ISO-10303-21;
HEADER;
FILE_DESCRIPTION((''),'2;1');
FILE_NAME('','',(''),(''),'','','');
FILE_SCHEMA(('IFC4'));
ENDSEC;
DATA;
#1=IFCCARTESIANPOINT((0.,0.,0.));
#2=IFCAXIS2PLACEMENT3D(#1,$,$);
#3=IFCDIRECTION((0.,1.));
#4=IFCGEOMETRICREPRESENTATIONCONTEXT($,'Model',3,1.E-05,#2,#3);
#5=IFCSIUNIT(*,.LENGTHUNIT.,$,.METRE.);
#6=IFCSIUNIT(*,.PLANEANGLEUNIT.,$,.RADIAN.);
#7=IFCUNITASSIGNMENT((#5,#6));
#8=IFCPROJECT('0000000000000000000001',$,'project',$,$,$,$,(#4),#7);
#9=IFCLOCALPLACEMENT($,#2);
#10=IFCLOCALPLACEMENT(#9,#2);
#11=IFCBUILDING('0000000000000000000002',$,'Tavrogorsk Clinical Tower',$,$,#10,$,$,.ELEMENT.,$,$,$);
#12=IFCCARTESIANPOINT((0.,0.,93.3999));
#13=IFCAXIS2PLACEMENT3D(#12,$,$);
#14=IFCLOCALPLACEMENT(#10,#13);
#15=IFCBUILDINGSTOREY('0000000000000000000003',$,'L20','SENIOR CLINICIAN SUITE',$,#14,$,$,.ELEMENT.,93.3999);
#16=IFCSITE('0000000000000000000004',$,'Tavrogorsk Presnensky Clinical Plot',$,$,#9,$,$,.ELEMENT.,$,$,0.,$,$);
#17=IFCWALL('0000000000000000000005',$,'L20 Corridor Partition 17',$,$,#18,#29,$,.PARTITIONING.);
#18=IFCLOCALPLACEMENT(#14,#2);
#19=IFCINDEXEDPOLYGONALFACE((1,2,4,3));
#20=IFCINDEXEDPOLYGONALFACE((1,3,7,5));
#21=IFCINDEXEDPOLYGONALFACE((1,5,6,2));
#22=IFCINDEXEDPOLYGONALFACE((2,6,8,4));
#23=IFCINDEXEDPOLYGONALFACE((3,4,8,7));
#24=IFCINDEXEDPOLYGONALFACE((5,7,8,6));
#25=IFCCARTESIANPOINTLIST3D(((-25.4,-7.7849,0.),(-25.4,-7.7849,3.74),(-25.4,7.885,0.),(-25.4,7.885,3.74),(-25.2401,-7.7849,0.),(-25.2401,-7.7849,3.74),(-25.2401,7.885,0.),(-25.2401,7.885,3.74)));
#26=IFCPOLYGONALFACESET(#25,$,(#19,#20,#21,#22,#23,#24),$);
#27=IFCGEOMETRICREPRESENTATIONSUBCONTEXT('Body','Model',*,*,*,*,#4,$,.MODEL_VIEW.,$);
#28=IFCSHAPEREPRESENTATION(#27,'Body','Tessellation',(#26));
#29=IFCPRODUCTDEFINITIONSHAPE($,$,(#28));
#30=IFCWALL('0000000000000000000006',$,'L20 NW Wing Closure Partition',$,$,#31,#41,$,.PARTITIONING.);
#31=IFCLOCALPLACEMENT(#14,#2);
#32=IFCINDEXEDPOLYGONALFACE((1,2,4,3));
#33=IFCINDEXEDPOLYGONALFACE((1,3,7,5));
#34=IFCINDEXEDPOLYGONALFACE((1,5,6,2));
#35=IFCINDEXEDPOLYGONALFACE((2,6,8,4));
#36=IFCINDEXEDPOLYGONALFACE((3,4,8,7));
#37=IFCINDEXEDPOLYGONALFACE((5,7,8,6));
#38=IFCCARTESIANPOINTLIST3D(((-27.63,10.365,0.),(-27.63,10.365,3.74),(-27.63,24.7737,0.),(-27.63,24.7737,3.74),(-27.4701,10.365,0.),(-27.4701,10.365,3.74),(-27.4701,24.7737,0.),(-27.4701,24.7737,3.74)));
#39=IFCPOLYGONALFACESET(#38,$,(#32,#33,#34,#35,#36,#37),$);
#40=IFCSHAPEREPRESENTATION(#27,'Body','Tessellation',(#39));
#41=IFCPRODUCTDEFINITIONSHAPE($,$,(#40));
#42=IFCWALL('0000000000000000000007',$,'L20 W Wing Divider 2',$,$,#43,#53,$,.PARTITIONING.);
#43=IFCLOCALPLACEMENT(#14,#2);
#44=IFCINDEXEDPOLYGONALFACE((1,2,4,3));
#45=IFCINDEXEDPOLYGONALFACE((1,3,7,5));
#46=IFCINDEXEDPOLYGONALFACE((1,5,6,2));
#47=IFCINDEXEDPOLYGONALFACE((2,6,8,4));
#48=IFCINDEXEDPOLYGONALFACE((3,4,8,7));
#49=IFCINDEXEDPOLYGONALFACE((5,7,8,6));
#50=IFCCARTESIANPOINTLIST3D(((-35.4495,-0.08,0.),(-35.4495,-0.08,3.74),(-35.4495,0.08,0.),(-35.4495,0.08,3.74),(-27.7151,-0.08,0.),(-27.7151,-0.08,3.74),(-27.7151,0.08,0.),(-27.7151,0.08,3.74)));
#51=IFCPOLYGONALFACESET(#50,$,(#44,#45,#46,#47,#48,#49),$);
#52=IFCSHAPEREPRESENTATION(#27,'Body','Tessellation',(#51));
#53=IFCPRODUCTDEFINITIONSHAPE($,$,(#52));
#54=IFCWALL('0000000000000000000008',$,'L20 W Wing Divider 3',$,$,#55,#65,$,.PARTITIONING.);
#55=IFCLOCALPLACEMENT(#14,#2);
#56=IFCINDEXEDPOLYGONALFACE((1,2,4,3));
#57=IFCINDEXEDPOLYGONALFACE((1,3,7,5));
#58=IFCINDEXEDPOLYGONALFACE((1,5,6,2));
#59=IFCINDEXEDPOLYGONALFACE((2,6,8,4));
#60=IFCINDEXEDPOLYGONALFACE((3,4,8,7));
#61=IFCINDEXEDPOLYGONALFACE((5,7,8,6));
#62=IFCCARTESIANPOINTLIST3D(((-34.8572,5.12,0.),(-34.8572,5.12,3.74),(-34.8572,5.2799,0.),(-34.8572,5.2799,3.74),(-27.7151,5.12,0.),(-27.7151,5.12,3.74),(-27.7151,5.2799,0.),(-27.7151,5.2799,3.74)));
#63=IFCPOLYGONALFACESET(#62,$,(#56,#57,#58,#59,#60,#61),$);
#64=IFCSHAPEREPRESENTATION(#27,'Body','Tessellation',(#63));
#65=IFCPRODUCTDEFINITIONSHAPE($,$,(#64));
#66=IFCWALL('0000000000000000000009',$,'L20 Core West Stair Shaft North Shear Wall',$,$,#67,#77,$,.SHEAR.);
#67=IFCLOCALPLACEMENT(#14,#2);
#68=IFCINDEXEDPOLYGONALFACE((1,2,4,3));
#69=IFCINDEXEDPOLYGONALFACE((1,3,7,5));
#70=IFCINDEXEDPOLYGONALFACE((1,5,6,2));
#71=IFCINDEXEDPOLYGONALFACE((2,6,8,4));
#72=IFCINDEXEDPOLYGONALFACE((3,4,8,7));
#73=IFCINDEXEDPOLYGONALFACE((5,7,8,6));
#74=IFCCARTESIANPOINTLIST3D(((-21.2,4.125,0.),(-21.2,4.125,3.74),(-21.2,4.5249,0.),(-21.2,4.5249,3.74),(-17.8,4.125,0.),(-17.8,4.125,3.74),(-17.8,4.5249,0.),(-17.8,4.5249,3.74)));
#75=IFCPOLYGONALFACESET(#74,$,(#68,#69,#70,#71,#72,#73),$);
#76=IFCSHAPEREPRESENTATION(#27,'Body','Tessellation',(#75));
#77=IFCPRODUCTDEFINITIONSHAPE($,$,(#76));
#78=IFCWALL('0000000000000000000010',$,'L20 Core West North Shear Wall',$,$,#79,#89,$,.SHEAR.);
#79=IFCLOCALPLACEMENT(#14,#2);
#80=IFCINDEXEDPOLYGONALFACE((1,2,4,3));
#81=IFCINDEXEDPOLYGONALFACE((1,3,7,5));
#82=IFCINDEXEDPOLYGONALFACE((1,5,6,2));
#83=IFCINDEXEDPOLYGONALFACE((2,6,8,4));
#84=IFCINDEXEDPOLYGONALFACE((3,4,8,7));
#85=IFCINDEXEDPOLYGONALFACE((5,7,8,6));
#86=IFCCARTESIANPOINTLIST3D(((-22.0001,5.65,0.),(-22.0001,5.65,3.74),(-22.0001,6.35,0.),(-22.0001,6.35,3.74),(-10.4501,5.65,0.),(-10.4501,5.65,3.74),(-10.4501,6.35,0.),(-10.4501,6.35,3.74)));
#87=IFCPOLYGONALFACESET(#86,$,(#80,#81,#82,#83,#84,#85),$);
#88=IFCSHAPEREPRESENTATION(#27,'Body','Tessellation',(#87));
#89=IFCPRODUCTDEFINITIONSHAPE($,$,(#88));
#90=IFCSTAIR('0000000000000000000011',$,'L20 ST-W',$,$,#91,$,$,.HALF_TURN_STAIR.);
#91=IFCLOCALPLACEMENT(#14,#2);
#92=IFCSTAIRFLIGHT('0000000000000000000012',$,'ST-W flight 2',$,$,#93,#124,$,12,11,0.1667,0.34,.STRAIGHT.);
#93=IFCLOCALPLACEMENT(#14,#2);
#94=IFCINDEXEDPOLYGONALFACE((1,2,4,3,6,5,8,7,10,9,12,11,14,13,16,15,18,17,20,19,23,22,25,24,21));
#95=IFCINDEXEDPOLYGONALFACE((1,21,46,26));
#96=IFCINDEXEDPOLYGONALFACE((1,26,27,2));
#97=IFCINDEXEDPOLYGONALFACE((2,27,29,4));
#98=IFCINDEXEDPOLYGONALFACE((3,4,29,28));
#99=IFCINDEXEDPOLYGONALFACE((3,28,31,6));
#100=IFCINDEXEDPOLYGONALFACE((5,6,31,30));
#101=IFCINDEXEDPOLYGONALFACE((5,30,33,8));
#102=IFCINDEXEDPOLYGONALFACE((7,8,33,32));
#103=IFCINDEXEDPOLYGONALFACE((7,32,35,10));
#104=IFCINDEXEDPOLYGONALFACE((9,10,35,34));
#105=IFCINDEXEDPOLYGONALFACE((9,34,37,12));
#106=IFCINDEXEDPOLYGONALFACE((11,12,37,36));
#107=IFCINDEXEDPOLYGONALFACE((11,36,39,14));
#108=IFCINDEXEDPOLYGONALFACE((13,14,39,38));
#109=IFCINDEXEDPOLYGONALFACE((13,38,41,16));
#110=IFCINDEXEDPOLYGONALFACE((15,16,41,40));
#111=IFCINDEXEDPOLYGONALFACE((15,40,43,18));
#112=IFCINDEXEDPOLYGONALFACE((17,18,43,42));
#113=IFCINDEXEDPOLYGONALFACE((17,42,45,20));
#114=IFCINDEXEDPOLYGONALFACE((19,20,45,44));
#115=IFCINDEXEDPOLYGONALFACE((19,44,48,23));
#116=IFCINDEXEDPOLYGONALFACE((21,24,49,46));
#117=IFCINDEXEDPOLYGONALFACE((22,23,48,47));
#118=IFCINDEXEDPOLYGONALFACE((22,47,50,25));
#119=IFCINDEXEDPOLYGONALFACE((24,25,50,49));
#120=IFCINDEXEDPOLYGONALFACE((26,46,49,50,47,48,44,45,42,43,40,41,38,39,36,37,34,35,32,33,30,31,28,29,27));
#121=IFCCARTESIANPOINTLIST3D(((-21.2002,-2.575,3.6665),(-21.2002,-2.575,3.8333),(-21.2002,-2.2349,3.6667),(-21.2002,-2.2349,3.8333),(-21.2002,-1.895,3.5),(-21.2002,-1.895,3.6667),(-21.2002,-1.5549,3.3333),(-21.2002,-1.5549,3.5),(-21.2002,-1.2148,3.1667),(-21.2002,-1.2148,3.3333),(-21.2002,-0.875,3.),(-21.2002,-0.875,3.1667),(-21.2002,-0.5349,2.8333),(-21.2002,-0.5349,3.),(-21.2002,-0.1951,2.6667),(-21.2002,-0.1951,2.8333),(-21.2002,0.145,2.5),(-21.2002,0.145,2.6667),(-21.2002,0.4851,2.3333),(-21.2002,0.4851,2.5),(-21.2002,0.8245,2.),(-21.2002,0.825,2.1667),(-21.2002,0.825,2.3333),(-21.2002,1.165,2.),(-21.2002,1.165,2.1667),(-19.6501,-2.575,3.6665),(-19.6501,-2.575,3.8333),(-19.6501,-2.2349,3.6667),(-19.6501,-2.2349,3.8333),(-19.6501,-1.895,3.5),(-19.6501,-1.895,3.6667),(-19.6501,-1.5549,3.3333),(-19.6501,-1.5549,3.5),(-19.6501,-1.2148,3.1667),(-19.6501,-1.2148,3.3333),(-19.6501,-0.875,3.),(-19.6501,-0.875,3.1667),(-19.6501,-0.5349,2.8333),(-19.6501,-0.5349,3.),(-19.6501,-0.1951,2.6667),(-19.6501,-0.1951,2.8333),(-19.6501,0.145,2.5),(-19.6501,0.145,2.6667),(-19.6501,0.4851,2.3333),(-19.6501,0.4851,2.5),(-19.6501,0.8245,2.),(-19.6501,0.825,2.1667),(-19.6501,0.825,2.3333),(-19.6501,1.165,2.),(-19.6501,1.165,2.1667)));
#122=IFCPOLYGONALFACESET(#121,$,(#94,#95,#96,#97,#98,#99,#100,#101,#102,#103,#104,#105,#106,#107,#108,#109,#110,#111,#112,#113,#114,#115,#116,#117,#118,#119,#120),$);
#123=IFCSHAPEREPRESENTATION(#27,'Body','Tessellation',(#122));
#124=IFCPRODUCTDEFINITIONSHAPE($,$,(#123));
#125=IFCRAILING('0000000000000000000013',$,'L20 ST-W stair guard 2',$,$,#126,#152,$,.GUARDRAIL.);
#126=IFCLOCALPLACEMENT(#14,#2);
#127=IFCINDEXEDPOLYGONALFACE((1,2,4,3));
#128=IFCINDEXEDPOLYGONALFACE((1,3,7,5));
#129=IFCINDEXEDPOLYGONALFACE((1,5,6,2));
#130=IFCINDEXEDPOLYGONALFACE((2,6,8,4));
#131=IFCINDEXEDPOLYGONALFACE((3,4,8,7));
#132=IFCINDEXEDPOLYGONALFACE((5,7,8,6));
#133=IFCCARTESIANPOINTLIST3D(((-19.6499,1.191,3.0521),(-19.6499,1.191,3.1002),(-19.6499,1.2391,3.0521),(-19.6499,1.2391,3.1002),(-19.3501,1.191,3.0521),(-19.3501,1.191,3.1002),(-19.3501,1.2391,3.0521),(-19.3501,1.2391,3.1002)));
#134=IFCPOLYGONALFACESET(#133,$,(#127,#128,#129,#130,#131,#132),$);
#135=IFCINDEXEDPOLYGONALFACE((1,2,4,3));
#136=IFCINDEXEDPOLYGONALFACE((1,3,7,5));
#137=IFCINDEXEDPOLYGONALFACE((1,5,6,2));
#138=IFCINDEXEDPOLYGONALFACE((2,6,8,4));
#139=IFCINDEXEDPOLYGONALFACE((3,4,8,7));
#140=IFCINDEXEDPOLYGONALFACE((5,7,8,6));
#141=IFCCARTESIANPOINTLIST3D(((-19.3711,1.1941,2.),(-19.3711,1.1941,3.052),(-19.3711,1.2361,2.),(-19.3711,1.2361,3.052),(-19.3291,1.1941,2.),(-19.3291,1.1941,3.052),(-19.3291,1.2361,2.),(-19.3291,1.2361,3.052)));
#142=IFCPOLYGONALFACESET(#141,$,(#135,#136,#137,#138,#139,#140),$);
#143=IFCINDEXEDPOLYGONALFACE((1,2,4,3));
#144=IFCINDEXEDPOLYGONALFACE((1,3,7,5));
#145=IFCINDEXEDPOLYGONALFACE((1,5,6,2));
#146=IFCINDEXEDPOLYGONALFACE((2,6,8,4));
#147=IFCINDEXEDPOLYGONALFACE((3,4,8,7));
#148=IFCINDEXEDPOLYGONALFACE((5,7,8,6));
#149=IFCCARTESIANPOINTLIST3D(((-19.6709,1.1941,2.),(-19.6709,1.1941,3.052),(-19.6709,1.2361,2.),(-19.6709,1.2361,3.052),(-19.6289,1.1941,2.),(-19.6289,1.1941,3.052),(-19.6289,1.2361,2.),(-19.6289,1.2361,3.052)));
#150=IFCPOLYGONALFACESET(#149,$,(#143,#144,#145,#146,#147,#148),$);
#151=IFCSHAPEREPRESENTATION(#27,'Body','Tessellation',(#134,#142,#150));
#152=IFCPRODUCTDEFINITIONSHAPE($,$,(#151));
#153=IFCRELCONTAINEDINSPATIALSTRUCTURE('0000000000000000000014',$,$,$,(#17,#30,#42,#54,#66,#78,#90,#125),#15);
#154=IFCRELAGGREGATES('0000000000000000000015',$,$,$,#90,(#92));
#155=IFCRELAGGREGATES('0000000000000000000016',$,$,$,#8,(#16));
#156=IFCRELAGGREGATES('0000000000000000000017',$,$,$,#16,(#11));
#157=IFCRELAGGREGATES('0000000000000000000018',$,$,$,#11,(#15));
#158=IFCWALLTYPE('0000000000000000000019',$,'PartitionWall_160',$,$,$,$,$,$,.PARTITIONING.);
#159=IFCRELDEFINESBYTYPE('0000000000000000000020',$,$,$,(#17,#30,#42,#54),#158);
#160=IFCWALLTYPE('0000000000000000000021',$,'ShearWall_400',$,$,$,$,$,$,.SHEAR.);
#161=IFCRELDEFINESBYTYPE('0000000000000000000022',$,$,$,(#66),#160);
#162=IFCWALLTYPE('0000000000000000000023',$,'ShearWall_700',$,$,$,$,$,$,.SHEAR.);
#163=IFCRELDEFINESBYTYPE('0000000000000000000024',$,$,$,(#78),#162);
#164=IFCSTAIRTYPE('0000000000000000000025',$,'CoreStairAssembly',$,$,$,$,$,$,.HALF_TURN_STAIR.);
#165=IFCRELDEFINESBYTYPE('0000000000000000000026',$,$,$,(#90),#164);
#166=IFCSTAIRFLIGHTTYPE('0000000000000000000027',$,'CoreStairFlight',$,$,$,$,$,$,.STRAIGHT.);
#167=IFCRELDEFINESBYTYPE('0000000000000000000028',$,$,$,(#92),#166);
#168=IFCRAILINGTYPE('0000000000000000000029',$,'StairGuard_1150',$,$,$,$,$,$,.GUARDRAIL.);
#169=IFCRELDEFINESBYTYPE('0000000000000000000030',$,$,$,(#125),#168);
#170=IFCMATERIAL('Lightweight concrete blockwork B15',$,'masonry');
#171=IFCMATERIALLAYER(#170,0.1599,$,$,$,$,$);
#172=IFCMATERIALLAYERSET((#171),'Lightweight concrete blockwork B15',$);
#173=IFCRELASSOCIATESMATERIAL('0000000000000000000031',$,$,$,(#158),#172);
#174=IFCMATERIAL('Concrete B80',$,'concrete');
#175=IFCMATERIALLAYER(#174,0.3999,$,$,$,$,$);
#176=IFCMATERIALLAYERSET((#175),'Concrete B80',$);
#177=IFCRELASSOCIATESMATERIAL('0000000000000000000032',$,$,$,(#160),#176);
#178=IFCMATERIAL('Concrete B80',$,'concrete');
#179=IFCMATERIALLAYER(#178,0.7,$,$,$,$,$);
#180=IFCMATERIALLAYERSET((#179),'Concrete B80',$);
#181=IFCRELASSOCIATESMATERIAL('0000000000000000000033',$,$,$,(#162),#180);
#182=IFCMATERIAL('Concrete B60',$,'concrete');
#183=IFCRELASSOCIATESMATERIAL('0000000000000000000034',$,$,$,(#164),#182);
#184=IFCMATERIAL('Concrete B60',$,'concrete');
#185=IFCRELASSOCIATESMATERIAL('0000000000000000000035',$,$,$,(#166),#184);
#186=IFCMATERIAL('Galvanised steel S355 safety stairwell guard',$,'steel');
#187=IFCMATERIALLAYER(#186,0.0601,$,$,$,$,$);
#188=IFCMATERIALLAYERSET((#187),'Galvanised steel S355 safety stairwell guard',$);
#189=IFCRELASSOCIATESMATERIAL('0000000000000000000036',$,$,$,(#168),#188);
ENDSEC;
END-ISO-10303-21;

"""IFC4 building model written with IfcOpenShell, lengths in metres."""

from ifc_helpers import new_model, si_unit, direction, frame, frame_2d, origin, origin_2d, place, context, subcontext, project, spatial, polyline, rectangle, outline, extrude, material, layer, layer_set, type_object, element, aggregate, save


model = new_model("IFC4")

# Units and contexts
model_context = context("Model", 3, precision=1e-05, world=origin(), true_north=direction((0.0, 1.0)))
body_context = subcontext(model_context, "Body", "Model", "MODEL_VIEW")
ifc_project = project(units=[si_unit("LENGTHUNIT", "METRE"), si_unit("PLANEANGLEUNIT", "RADIAN")], contexts=[model_context])

# Site, building, storey
site_placement = place(None, origin())
site = spatial("IfcSite", under=ifc_project, at=site_placement, Name="Tavrogorsk Presnensky Clinical Plot", CompositionType="ELEMENT", RefElevation=0.0)
building_placement = place(site_placement, origin())
building = spatial("IfcBuilding", under=site, at=building_placement, Name="Tavrogorsk Clinical Tower", CompositionType="ELEMENT")
storey_placement = place(building_placement, frame((0.0, 0.0, 93.3999)))
storey = spatial("IfcBuildingStorey", under=building, at=storey_placement, Name="L20", Description="SENIOR CLINICIAN SUITE", CompositionType="ELEMENT", Elevation=93.3999)

# Shared definitions
ifc_material_1 = material(Name="Lightweight concrete blockwork B15", Category="masonry")
ifc_layer_1 = layer(ifc_material_1, 0.1599)
ifc_layer_set_1 = layer_set([ifc_layer_1], Name="Lightweight concrete blockwork B15")
wall_type_1 = type_object("IfcWallType", Name="PartitionWall_160", PredefinedType="PARTITIONING", material=ifc_layer_set_1)

# Walls
wall_1_placement = place(storey_placement, frame((-25.3201, 7.885, 0.0), z_axis=(0.0, 0.0, 1.0), x_axis=(0.0, -1.0, 0.0)))
element("IfcWall", 1, at=wall_1_placement, inside=storey, type_object=wall_type_1, Name="L20 Corridor Partition 17", PredefinedType="PARTITIONING", context=body_context, shape_type="SweptSolid", body=[
    extrude(rectangle(XDim=15.6699, YDim=0.1599, at=frame_2d((7.835, 0.0))), origin(), (0.0, 0.0, 1.0), 3.74),
])
wall_2_placement = place(storey_placement, frame((-27.55, 10.365, 0.0), z_axis=(0.0, 0.0, 1.0), x_axis=(0.0, 1.0, 0.0)))
element("IfcWall", 2, at=wall_2_placement, inside=storey, type_object=wall_type_1, Name="L20 NW Wing Closure Partition", PredefinedType="PARTITIONING", context=body_context, shape_type="SweptSolid", body=[
    extrude(rectangle(XDim=14.4087, YDim=0.1599, at=frame_2d((7.2043, 0.0))), origin(), (0.0, 0.0, 1.0), 3.74),
])
wall_3_placement = place(storey_placement, frame((-35.4495, 0.0, 0.0), z_axis=(0.0, 0.0, 1.0), x_axis=(1.0, 0.0, 0.0)))
element("IfcWall", 3, at=wall_3_placement, inside=storey, type_object=wall_type_1, Name="L20 W Wing Divider 2", PredefinedType="PARTITIONING", context=body_context, shape_type="SweptSolid", body=[
    extrude(rectangle(XDim=7.7344, YDim=0.1599, at=frame_2d((3.8672, 0.0))), origin(), (0.0, 0.0, 1.0), 3.74),
])
wall_4_placement = place(storey_placement, frame((-34.8572, 5.2, 0.0), z_axis=(0.0, 0.0, 1.0), x_axis=(1.0, 0.0, 0.0)))
element("IfcWall", 4, at=wall_4_placement, inside=storey, type_object=wall_type_1, Name="L20 W Wing Divider 3", PredefinedType="PARTITIONING", context=body_context, shape_type="SweptSolid", body=[
    extrude(rectangle(XDim=7.1421, YDim=0.1599, at=frame_2d((3.571, 0.0))), origin(), (0.0, 0.0, 1.0), 3.74),
])
ifc_material_2 = material(Name="Concrete B80", Category="concrete")
ifc_layer_2 = layer(ifc_material_2, 0.3999)
ifc_layer_set_2 = layer_set([ifc_layer_2], Name="Concrete B80")
wall_type_2 = type_object("IfcWallType", Name="ShearWall_400", PredefinedType="SHEAR", material=ifc_layer_set_2)
wall_5_placement = place(storey_placement, frame((-21.2, 4.325, 0.0), z_axis=(0.0, 0.0, 1.0), x_axis=(1.0, 0.0, 0.0)))
element("IfcWall", 5, at=wall_5_placement, inside=storey, type_object=wall_type_2, Name="L20 Core West Stair Shaft North Shear Wall", PredefinedType="SHEAR", context=body_context, shape_type="SweptSolid", body=[
    extrude(rectangle(XDim=3.3999, YDim=0.3999, at=frame_2d((1.7, 0.0))), origin(), (0.0, 0.0, 1.0), 3.74),
])
ifc_material_3 = material(Name="Concrete B80", Category="concrete")
ifc_layer_3 = layer(ifc_material_3, 0.7)
ifc_layer_set_3 = layer_set([ifc_layer_3], Name="Concrete B80")
wall_type_3 = type_object("IfcWallType", Name="ShearWall_700", PredefinedType="SHEAR", material=ifc_layer_set_3)
wall_6_placement = place(storey_placement, frame((-22.0, 6.0, 0.0), z_axis=(0.0, 0.0, 1.0), x_axis=(1.0, 0.0, 0.0)))
element("IfcWall", 6, at=wall_6_placement, inside=storey, type_object=wall_type_3, Name="L20 Core West North Shear Wall", PredefinedType="SHEAR", context=body_context, shape_type="SweptSolid", body=[
    extrude(rectangle(XDim=11.55, YDim=0.7, at=frame_2d((5.7749, 0.0))), origin(), (0.0, 0.0, 1.0), 3.74),
])

# Stair, stair flight
ifc_material_4 = material(Name="Concrete B60", Category="concrete")
stair_type = type_object("IfcStairType", Name="CoreStairAssembly", PredefinedType="HALF_TURN_STAIR", material=ifc_material_4)
stair_placement = place(storey_placement, origin())
stair = element("IfcStair", 7, at=stair_placement, inside=storey, type_object=stair_type, Name="L20 ST-W", PredefinedType="HALF_TURN_STAIR")
ifc_material_5 = material(Name="Concrete B60", Category="concrete")
stair_flight_type = type_object("IfcStairFlightType", Name="CoreStairFlight", PredefinedType="STRAIGHT", material=ifc_material_5)
stair_flight_placement = place(storey_placement, frame((-20.425, 1.165, 2.0), z_axis=(0.0, 0.0, 1.0), x_axis=(0.0, -1.0, 0.0)))
stair_flight = element("IfcStairFlight", 8, at=stair_flight_placement, type_object=stair_flight_type, Name="ST-W flight 2", NumberOfRisers=12, NumberOfTreads=11, PredefinedType="STRAIGHT", RiserHeight=0.1667, TreadLength=0.34, context=body_context, shape_type="SweptSolid", body=[
    extrude(outline(polyline([(0.0, 0.0), (0.0, 0.1667), (0.3401, 0.1667), (0.3401, 0.3333), (0.6799, 0.3333), (0.6799, 0.5), (1.02, 0.5), (1.02, 0.6667), (1.3601, 0.6667), (1.3601, 0.8333), (1.7, 0.8333), (1.7, 1.0), (2.04, 1.0), (2.04, 1.1667), (2.3799, 1.1667), (2.3799, 1.3333), (2.72, 1.3333), (2.72, 1.5), (3.0601, 1.5), (3.0601, 1.6667), (3.3999, 1.6667), (3.3999, 1.8333), (3.74, 1.8333), (3.74, 2.0), (3.74, 1.6665), (0.3406, 0.0), (0.0, 0.0)])), frame((0.0, 0.7749, 0.0), z_axis=(0.0, -1.0, 0.0), x_axis=(1.0, 0.0, 0.0)), (0.0, 0.0, 1.0), 1.55),
])
aggregate(stair, [stair_flight])

# Railing
ifc_material_6 = material(Name="Galvanised steel S355 safety stairwell guard", Category="steel")
ifc_layer_4 = layer(ifc_material_6, 0.0601)
ifc_layer_set_4 = layer_set([ifc_layer_4], Name="Galvanised steel S355 safety stairwell guard")
railing_type_1 = type_object("IfcRailingType", Name="StairGuard_1150", PredefinedType="GUARDRAIL", material=ifc_layer_set_4)
railing_1_placement = place(storey_placement, frame((-19.3501, 1.2151, 2.0)))
element("IfcRailing", 9, at=railing_1_placement, inside=storey, type_object=railing_type_1, Name="L20 ST-W stair guard 2", PredefinedType="GUARDRAIL", context=body_context, shape_type="SweptSolid", body=[
    extrude(rectangle(XDim=0.0481, YDim=0.0481, at=origin_2d()), frame((0.0, 0.0, 1.0762), z_axis=(-1.0, 0.0, 0.0), x_axis=(0.0, -1.0, 0.0)), (0.0, 0.0, 1.0), 0.2998),
    extrude(rectangle(XDim=0.042, YDim=0.042, at=origin_2d()), origin(), (0.0, 0.0, 1.0), 1.052),
    extrude(rectangle(XDim=0.042, YDim=0.042, at=origin_2d()), frame((-0.2998, 0.0, 0.0)), (0.0, 0.0, 1.0), 1.052),
])

save(model, "model.ifc")
